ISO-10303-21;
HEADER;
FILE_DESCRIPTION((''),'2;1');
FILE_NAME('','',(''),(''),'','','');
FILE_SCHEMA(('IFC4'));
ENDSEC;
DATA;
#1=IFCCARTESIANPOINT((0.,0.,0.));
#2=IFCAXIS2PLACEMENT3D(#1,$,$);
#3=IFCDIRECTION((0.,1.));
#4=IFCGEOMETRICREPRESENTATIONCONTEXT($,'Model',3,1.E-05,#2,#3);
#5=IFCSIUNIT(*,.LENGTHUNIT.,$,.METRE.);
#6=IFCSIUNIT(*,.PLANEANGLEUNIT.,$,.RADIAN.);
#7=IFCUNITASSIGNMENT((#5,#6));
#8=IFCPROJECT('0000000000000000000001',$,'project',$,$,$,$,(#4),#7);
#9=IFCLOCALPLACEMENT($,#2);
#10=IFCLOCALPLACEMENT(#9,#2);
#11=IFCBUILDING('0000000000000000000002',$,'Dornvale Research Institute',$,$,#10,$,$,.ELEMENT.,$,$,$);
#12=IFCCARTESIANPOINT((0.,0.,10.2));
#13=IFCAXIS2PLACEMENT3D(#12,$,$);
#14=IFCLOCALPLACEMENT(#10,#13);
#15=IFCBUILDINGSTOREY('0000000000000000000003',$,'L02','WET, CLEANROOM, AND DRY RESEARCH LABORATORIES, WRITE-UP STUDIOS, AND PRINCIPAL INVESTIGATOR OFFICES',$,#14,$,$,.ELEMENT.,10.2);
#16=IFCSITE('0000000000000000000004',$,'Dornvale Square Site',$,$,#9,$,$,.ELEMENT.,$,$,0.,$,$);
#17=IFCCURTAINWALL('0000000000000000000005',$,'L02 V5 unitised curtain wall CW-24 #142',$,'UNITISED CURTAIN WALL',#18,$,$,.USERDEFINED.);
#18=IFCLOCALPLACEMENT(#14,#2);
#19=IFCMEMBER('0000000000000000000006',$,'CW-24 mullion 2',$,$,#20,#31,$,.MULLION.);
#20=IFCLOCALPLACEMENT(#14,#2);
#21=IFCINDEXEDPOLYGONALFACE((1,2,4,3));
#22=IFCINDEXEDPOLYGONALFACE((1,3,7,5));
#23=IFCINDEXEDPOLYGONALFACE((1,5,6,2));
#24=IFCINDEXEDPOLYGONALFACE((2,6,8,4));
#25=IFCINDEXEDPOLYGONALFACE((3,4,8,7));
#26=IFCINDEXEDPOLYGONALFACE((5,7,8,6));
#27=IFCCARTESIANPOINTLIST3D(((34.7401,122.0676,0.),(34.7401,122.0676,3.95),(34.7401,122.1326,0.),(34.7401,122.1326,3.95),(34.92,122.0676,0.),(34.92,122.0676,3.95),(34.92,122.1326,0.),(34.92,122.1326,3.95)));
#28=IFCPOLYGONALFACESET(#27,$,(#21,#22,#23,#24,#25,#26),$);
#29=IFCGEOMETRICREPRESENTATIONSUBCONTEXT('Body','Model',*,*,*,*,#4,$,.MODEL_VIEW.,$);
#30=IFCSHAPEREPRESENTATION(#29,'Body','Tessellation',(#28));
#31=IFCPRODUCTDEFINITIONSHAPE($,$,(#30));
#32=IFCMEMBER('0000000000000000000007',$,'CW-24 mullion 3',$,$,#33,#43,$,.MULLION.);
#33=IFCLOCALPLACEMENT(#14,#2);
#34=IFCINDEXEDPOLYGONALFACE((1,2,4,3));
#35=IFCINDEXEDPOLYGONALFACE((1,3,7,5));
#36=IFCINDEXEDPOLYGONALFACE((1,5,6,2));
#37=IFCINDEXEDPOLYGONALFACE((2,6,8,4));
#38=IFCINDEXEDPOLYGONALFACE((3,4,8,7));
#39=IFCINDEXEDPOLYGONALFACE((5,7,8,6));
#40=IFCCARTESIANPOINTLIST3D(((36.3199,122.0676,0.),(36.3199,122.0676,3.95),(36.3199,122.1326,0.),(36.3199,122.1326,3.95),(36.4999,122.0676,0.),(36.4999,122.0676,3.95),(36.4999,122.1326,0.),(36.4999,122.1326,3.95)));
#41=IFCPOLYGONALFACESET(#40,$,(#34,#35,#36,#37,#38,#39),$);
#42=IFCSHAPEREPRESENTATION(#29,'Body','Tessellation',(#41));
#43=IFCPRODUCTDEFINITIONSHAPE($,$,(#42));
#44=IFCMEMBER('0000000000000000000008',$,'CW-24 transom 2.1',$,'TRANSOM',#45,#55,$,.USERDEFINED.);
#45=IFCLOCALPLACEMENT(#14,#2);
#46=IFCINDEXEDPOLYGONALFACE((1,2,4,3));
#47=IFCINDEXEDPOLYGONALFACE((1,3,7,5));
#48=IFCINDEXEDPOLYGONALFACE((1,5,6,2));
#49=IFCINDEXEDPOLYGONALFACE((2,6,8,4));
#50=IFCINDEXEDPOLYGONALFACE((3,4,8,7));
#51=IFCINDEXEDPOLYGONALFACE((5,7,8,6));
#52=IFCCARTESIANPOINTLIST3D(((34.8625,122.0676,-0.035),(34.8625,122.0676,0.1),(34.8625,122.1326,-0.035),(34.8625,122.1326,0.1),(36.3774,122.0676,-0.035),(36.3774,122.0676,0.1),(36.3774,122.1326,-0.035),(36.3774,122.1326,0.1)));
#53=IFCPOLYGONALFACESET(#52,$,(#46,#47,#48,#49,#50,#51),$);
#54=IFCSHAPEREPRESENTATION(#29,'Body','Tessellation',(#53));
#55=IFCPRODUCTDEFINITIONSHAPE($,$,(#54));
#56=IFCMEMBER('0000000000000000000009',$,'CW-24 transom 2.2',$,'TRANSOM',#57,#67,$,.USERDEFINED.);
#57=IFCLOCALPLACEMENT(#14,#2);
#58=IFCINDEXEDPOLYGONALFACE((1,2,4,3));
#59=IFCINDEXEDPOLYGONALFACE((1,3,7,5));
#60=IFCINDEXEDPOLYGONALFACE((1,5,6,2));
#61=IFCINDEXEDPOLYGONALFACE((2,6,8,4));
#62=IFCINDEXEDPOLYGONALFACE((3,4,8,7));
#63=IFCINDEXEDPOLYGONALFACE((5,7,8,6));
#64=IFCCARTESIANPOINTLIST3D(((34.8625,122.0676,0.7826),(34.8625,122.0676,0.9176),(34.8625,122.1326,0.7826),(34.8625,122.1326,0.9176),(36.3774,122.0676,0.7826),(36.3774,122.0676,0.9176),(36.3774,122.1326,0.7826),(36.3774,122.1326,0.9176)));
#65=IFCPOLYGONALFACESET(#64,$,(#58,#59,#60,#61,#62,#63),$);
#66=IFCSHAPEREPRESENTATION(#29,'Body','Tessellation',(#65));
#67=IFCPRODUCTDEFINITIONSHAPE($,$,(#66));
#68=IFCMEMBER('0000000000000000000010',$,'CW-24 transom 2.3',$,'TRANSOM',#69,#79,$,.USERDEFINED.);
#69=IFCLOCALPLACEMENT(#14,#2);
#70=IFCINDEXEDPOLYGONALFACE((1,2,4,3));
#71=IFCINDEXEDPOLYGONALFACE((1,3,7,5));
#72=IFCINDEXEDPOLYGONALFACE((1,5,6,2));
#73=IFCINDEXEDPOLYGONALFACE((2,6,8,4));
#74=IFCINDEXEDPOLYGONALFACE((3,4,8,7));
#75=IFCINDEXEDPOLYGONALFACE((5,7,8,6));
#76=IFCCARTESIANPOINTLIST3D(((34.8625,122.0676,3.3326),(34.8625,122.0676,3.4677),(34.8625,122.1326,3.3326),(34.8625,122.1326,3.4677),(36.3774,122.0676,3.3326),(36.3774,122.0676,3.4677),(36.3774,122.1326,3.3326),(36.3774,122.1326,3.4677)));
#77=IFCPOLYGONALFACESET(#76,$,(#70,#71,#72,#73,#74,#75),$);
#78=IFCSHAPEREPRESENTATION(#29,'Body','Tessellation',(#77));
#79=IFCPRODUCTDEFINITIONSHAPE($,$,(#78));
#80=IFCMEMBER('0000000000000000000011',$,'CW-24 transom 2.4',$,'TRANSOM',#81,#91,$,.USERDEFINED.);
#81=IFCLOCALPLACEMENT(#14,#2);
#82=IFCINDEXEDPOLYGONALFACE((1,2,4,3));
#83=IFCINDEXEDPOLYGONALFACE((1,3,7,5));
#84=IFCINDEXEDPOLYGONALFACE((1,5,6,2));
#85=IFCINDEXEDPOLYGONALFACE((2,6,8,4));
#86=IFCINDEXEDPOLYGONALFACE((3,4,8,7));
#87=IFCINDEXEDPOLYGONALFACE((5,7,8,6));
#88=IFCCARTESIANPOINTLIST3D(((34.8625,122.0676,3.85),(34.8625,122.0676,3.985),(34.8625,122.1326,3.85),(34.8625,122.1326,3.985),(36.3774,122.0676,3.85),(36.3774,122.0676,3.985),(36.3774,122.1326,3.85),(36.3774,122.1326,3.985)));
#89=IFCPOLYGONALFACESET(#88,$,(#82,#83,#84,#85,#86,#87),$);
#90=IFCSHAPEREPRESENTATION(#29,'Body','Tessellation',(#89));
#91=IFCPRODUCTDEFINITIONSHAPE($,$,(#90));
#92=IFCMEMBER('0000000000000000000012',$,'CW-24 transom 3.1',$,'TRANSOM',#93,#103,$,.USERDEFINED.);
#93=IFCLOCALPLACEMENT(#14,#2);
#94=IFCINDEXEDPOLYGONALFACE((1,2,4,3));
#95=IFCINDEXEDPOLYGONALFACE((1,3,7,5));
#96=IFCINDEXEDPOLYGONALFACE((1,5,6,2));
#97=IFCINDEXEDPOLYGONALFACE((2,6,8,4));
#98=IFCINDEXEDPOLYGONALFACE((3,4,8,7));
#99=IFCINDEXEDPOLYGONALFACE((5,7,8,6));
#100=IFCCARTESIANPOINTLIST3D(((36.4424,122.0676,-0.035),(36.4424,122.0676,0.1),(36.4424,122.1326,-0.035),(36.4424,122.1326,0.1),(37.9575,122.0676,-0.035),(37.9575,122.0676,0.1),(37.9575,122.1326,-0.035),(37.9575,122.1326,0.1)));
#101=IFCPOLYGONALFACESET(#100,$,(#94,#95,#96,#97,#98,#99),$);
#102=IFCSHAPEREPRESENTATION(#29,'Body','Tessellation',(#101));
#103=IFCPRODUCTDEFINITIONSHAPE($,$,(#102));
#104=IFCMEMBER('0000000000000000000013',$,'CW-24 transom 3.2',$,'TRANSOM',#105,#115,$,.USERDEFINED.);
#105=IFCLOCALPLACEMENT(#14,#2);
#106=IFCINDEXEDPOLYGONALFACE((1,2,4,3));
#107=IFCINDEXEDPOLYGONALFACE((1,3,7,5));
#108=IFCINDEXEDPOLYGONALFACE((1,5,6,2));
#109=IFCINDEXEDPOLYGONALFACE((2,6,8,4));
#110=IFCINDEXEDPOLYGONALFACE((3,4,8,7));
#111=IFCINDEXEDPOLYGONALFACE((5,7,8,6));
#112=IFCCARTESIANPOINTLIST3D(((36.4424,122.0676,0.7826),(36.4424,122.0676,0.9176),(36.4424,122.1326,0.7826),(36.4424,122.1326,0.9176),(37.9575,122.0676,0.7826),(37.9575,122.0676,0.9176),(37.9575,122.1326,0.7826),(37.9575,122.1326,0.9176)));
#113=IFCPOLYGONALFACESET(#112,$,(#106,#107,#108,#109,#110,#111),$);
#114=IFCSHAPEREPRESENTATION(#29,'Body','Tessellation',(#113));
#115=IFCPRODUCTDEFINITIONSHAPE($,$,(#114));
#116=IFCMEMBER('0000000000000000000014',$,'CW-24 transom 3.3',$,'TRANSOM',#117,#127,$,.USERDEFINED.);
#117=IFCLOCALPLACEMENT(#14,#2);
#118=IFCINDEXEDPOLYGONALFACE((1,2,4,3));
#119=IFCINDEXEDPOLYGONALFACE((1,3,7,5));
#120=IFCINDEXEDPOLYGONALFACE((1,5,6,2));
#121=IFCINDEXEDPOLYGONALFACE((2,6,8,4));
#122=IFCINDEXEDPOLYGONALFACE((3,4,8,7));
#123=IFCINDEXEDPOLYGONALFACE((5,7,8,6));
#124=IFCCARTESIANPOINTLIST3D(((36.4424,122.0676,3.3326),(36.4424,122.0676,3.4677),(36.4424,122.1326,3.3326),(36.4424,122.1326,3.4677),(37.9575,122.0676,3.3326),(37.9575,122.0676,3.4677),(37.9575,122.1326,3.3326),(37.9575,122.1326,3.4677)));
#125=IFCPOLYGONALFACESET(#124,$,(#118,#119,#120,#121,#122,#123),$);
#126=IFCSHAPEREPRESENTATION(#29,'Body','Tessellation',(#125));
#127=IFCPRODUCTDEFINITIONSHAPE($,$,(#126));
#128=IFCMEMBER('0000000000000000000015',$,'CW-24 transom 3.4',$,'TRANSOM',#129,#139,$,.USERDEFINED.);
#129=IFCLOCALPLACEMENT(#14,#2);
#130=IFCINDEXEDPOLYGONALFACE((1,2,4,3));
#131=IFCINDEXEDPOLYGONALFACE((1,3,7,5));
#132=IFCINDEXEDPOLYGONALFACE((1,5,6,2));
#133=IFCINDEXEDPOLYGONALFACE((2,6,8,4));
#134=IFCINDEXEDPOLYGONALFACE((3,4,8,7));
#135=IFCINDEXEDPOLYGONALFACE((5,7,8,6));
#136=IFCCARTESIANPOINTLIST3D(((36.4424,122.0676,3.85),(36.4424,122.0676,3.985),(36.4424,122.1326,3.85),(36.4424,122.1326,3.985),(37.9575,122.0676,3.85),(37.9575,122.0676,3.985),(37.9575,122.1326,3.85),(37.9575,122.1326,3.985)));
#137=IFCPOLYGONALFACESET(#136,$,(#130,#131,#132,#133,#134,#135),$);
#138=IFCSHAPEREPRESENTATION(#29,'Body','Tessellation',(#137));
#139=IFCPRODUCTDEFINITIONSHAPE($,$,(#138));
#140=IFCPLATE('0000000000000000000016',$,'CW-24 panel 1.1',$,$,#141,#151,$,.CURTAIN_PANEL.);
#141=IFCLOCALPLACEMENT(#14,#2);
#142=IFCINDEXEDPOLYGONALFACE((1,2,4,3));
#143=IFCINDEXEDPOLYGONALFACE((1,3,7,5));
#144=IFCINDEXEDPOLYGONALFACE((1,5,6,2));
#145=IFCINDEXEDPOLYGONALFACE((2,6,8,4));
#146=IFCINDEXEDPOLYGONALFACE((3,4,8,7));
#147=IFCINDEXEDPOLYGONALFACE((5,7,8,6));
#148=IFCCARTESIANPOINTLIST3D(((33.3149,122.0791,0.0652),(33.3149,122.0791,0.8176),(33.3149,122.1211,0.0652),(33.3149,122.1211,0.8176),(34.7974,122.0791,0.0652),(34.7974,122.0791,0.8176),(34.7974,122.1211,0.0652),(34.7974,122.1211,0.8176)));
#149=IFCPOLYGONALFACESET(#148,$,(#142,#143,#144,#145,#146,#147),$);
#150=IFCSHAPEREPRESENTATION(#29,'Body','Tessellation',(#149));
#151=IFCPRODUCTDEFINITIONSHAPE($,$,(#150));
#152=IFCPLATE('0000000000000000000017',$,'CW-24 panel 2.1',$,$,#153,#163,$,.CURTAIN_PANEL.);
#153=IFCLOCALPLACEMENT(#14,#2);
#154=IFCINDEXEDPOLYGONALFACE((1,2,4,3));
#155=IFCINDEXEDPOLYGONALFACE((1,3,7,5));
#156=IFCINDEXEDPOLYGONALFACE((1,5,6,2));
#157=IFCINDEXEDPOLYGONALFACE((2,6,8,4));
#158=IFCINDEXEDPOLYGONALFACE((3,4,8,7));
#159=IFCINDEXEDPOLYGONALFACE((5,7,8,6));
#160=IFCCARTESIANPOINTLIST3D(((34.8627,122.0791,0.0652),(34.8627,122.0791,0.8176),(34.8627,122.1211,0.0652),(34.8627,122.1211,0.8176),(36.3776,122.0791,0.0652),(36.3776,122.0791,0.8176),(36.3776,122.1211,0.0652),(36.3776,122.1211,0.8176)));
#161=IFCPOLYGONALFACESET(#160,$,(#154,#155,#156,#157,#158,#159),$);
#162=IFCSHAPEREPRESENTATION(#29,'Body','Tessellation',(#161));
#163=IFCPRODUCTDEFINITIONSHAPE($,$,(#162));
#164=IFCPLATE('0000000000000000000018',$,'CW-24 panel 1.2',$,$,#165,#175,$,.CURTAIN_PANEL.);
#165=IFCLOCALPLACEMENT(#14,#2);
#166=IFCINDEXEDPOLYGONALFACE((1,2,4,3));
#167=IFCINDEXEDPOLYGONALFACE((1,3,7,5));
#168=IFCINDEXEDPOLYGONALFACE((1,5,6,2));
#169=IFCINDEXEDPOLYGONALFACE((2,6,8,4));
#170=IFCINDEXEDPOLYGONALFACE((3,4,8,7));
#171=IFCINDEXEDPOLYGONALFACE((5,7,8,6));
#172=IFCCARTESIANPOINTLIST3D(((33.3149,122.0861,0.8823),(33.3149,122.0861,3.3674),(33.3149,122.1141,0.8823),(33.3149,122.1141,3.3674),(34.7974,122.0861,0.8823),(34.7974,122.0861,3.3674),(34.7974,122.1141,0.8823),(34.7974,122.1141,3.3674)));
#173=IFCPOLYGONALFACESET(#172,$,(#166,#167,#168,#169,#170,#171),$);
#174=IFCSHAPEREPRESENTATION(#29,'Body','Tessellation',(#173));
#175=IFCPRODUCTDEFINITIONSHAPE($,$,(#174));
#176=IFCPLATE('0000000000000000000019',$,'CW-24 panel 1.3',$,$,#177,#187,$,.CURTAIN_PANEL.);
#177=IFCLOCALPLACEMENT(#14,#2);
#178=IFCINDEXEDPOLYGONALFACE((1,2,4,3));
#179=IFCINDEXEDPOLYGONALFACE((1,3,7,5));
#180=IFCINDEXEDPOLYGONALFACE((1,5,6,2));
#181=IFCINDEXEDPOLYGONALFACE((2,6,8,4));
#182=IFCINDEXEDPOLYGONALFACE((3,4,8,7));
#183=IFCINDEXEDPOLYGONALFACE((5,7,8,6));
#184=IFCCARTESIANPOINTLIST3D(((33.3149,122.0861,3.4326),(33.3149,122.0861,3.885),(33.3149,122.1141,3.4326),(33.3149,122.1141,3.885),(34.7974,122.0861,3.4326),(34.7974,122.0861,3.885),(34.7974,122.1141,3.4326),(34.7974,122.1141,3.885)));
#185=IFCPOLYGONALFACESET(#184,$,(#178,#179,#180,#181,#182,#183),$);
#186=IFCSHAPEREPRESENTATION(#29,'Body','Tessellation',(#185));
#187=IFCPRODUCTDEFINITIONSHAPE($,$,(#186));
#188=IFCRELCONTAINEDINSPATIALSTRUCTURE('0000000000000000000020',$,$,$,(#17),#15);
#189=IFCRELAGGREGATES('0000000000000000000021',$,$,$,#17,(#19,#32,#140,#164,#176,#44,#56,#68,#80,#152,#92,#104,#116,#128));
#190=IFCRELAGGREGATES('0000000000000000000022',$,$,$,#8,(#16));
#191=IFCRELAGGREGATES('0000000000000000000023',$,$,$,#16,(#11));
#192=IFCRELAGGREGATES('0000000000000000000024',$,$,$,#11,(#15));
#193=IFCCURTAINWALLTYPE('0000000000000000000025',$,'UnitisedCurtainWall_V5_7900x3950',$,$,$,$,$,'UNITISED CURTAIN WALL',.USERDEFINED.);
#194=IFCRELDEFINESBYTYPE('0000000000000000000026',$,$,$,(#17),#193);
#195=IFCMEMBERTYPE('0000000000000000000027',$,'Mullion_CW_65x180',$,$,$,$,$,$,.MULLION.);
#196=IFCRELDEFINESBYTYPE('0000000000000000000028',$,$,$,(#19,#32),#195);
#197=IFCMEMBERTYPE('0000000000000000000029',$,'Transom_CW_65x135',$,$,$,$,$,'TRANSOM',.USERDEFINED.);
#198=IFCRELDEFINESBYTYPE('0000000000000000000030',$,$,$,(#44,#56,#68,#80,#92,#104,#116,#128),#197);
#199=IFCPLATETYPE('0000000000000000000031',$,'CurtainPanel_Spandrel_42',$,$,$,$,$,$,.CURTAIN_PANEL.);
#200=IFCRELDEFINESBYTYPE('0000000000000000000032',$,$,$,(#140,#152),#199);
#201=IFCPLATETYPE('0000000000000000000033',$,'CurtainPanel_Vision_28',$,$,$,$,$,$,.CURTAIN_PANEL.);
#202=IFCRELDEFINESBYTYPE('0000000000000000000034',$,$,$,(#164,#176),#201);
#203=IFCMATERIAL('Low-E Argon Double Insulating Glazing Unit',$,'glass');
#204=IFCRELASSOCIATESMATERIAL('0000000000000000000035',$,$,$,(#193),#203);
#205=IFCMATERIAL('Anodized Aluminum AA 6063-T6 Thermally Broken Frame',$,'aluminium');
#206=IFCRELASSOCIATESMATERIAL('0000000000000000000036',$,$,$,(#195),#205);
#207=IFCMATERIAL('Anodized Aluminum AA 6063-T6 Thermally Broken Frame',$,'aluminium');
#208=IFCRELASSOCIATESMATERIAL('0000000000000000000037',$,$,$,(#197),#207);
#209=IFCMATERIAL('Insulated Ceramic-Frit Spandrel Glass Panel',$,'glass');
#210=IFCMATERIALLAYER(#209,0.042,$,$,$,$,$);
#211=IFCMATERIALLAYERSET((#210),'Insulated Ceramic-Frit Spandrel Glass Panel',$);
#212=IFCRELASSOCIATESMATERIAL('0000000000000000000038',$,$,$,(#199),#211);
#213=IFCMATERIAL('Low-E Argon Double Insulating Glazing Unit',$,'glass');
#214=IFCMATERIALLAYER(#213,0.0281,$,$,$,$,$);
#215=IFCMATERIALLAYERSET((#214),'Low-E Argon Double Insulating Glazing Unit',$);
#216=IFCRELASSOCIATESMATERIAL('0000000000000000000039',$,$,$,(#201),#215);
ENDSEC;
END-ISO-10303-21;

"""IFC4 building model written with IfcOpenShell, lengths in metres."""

from ifc_helpers import new_model, si_unit, direction, frame, origin, origin_2d, place, context, subcontext, project, spatial, rectangle, extrude, material, layer, layer_set, material_profile, profile_set, type_object, element, aggregate, save


model = new_model("IFC4")

# Units and contexts
model_context = context("Model", 3, precision=1e-05, world=origin(), true_north=direction((0.0, 1.0)))
body_context = subcontext(model_context, "Body", "Model", "MODEL_VIEW")
ifc_project = project(units=[si_unit("LENGTHUNIT", "METRE"), si_unit("PLANEANGLEUNIT", "RADIAN")], contexts=[model_context])

# Site, building, storey
site_placement = place(None, origin())
site = spatial("IfcSite", under=ifc_project, at=site_placement, Name="Dornvale Square Site", CompositionType="ELEMENT", RefElevation=0.0)
building_placement = place(site_placement, origin())
building = spatial("IfcBuilding", under=site, at=building_placement, Name="Dornvale Research Institute", CompositionType="ELEMENT")
storey_placement = place(building_placement, frame((0.0, 0.0, 10.2)))
storey = spatial("IfcBuildingStorey", under=building, at=storey_placement, Name="L02", Description="WET, CLEANROOM, AND DRY RESEARCH LABORATORIES, WRITE-UP STUDIOS, AND PRINCIPAL INVESTIGATOR OFFICES", CompositionType="ELEMENT", Elevation=10.2)

# Curtain wall, members, plates
ifc_material_1 = material(Name="Low-E Argon Double Insulating Glazing Unit", Category="glass")
curtain_wall_type = type_object("IfcCurtainWallType", Name="UnitisedCurtainWall_V5_7900x3950", ElementType="UNITISED CURTAIN WALL", PredefinedType="USERDEFINED", material=ifc_material_1)
curtain_wall_placement = place(storey_placement, origin())
curtain_wall = element("IfcCurtainWall", 1, at=curtain_wall_placement, inside=storey, type_object=curtain_wall_type, Name="L02 V5 unitised curtain wall CW-24 #142", ObjectType="UNITISED CURTAIN WALL", PredefinedType="USERDEFINED")
ifc_material_2 = material(Name="Anodized Aluminum AA 6063-T6 Thermally Broken Frame", Category="aluminium")
ifc_material_profile_1 = material_profile(ifc_material_2, rectangle(XDim=0.0649, YDim=0.1799, at=origin_2d()), Name="ALU MULLION 65x180")
ifc_profile_set_1 = profile_set([ifc_material_profile_1], Name="Anodized Aluminum AA 6063-T6 Thermally Broken Frame")
member_type_1 = type_object("IfcMemberType", Name="Mullion_CW_65x180", PredefinedType="MULLION", material=ifc_profile_set_1)
member_1_placement = place(storey_placement, frame((34.8301, 122.1001, 0.0), z_axis=(0.0, 0.0, 1.0), x_axis=(0.0, 1.0, 0.0)))
member_1 = element("IfcMember", 2, at=member_1_placement, type_object=member_type_1, Name="CW-24 mullion 2", PredefinedType="MULLION", context=body_context, shape_type="SweptSolid", body=[
    extrude(rectangle(XDim=0.0649, YDim=0.1799, at=origin_2d()), origin(), (0.0, 0.0, 1.0), 3.95),
])
member_2_placement = place(storey_placement, frame((36.4099, 122.1001, 0.0), z_axis=(0.0, 0.0, 1.0), x_axis=(0.0, 1.0, 0.0)))
member_2 = element("IfcMember", 3, at=member_2_placement, type_object=member_type_1, Name="CW-24 mullion 3", PredefinedType="MULLION", context=body_context, shape_type="SweptSolid", body=[
    extrude(rectangle(XDim=0.0649, YDim=0.1799, at=origin_2d()), origin(), (0.0, 0.0, 1.0), 3.95),
])
ifc_material_3 = material(Name="Anodized Aluminum AA 6063-T6 Thermally Broken Frame", Category="aluminium")
ifc_material_profile_2 = material_profile(ifc_material_3, rectangle(XDim=0.0649, YDim=0.135, at=origin_2d()), Name="ALU TRANSOM 65x135")
ifc_profile_set_2 = profile_set([ifc_material_profile_2], Name="Anodized Aluminum AA 6063-T6 Thermally Broken Frame")
member_type_2 = type_object("IfcMemberType", Name="Transom_CW_65x135", ElementType="TRANSOM", PredefinedType="USERDEFINED", material=ifc_profile_set_2)
member_3_placement = place(storey_placement, frame((34.8625, 122.1001, 0.0325), z_axis=(1.0, 0.0, 0.0), x_axis=(0.0, 1.0, 0.0)))
member_3 = element("IfcMember", 4, at=member_3_placement, type_object=member_type_2, Name="CW-24 transom 2.1", ObjectType="TRANSOM", PredefinedType="USERDEFINED", context=body_context, shape_type="SweptSolid", body=[
    extrude(rectangle(XDim=0.0649, YDim=0.135, at=origin_2d()), origin(), (0.0, 0.0, 1.0), 1.5149),
])
member_4_placement = place(storey_placement, frame((34.8625, 122.1001, 0.8501), z_axis=(1.0, 0.0, 0.0), x_axis=(0.0, 1.0, 0.0)))
member_4 = element("IfcMember", 5, at=member_4_placement, type_object=member_type_2, Name="CW-24 transom 2.2", ObjectType="TRANSOM", PredefinedType="USERDEFINED", context=body_context, shape_type="SweptSolid", body=[
    extrude(rectangle(XDim=0.0649, YDim=0.135, at=origin_2d()), origin(), (0.0, 0.0, 1.0), 1.5149),
])
member_5_placement = place(storey_placement, frame((34.8625, 122.1001, 3.4001), z_axis=(1.0, 0.0, 0.0), x_axis=(0.0, 1.0, 0.0)))
member_5 = element("IfcMember", 6, at=member_5_placement, type_object=member_type_2, Name="CW-24 transom 2.3", ObjectType="TRANSOM", PredefinedType="USERDEFINED", context=body_context, shape_type="SweptSolid", body=[
    extrude(rectangle(XDim=0.0649, YDim=0.135, at=origin_2d()), origin(), (0.0, 0.0, 1.0), 1.5149),
])
member_6_placement = place(storey_placement, frame((34.8625, 122.1001, 3.9175), z_axis=(1.0, 0.0, 0.0), x_axis=(0.0, 1.0, 0.0)))
member_6 = element("IfcMember", 7, at=member_6_placement, type_object=member_type_2, Name="CW-24 transom 2.4", ObjectType="TRANSOM", PredefinedType="USERDEFINED", context=body_context, shape_type="SweptSolid", body=[
    extrude(rectangle(XDim=0.0649, YDim=0.135, at=origin_2d()), origin(), (0.0, 0.0, 1.0), 1.5149),
])
member_7_placement = place(storey_placement, frame((36.4424, 122.1001, 0.0325), z_axis=(1.0, 0.0, 0.0), x_axis=(0.0, 1.0, 0.0)))
member_7 = element("IfcMember", 8, at=member_7_placement, type_object=member_type_2, Name="CW-24 transom 3.1", ObjectType="TRANSOM", PredefinedType="USERDEFINED", context=body_context, shape_type="SweptSolid", body=[
    extrude(rectangle(XDim=0.0649, YDim=0.135, at=origin_2d()), origin(), (0.0, 0.0, 1.0), 1.5151),
])
member_8_placement = place(storey_placement, frame((36.4424, 122.1001, 0.8501), z_axis=(1.0, 0.0, 0.0), x_axis=(0.0, 1.0, 0.0)))
member_8 = element("IfcMember", 9, at=member_8_placement, type_object=member_type_2, Name="CW-24 transom 3.2", ObjectType="TRANSOM", PredefinedType="USERDEFINED", context=body_context, shape_type="SweptSolid", body=[
    extrude(rectangle(XDim=0.0649, YDim=0.135, at=origin_2d()), origin(), (0.0, 0.0, 1.0), 1.5151),
])
member_9_placement = place(storey_placement, frame((36.4424, 122.1001, 3.4001), z_axis=(1.0, 0.0, 0.0), x_axis=(0.0, 1.0, 0.0)))
member_9 = element("IfcMember", 10, at=member_9_placement, type_object=member_type_2, Name="CW-24 transom 3.3", ObjectType="TRANSOM", PredefinedType="USERDEFINED", context=body_context, shape_type="SweptSolid", body=[
    extrude(rectangle(XDim=0.0649, YDim=0.135, at=origin_2d()), origin(), (0.0, 0.0, 1.0), 1.5151),
])
member_10_placement = place(storey_placement, frame((36.4424, 122.1001, 3.9175), z_axis=(1.0, 0.0, 0.0), x_axis=(0.0, 1.0, 0.0)))
member_10 = element("IfcMember", 11, at=member_10_placement, type_object=member_type_2, Name="CW-24 transom 3.4", ObjectType="TRANSOM", PredefinedType="USERDEFINED", context=body_context, shape_type="SweptSolid", body=[
    extrude(rectangle(XDim=0.0649, YDim=0.135, at=origin_2d()), origin(), (0.0, 0.0, 1.0), 1.5151),
])
ifc_material_4 = material(Name="Insulated Ceramic-Frit Spandrel Glass Panel", Category="glass")
ifc_layer_1 = layer(ifc_material_4, 0.042)
ifc_layer_set_1 = layer_set([ifc_layer_1], Name="Insulated Ceramic-Frit Spandrel Glass Panel")
plate_type_1 = type_object("IfcPlateType", Name="CurtainPanel_Spandrel_42", PredefinedType="CURTAIN_PANEL", material=ifc_layer_set_1)
plate_1_placement = place(storey_placement, frame((34.0562, 122.1001, 0.0652), z_axis=(0.0, 0.0, 1.0), x_axis=(1.0, 0.0, 0.0)))
plate_1 = element("IfcPlate", 12, at=plate_1_placement, type_object=plate_type_1, Name="CW-24 panel 1.1", PredefinedType="CURTAIN_PANEL", context=body_context, shape_type="SweptSolid", body=[
    extrude(rectangle(XDim=1.4824, YDim=0.042, at=origin_2d()), origin(), (0.0, 0.0, 1.0), 0.7524),
])
plate_2_placement = place(storey_placement, frame((35.6201, 122.1001, 0.0652), z_axis=(0.0, 0.0, 1.0), x_axis=(1.0, 0.0, 0.0)))
plate_2 = element("IfcPlate", 13, at=plate_2_placement, type_object=plate_type_1, Name="CW-24 panel 2.1", PredefinedType="CURTAIN_PANEL", context=body_context, shape_type="SweptSolid", body=[
    extrude(rectangle(XDim=1.5149, YDim=0.042, at=origin_2d()), origin(), (0.0, 0.0, 1.0), 0.7524),
])
ifc_material_5 = material(Name="Low-E Argon Double Insulating Glazing Unit", Category="glass")
ifc_layer_2 = layer(ifc_material_5, 0.0281)
ifc_layer_set_2 = layer_set([ifc_layer_2], Name="Low-E Argon Double Insulating Glazing Unit")
plate_type_2 = type_object("IfcPlateType", Name="CurtainPanel_Vision_28", PredefinedType="CURTAIN_PANEL", material=ifc_layer_set_2)
plate_3_placement = place(storey_placement, frame((34.0562, 122.1001, 0.8823), z_axis=(0.0, 0.0, 1.0), x_axis=(1.0, 0.0, 0.0)))
plate_3 = element("IfcPlate", 14, at=plate_3_placement, type_object=plate_type_2, Name="CW-24 panel 1.2", PredefinedType="CURTAIN_PANEL", context=body_context, shape_type="SweptSolid", body=[
    extrude(rectangle(XDim=1.4824, YDim=0.0281, at=origin_2d()), origin(), (0.0, 0.0, 1.0), 2.4851),
])
plate_4_placement = place(storey_placement, frame((34.0562, 122.1001, 3.4326), z_axis=(0.0, 0.0, 1.0), x_axis=(1.0, 0.0, 0.0)))
plate_4 = element("IfcPlate", 15, at=plate_4_placement, type_object=plate_type_2, Name="CW-24 panel 1.3", PredefinedType="CURTAIN_PANEL", context=body_context, shape_type="SweptSolid", body=[
    extrude(rectangle(XDim=1.4824, YDim=0.0281, at=origin_2d()), origin(), (0.0, 0.0, 1.0), 0.4524),
])
aggregate(curtain_wall, [member_1, member_2, plate_1, plate_3, plate_4, member_3, member_4, member_5, member_6, plate_2, member_7, member_8, member_9, member_10])

save(model, "model.ifc")
